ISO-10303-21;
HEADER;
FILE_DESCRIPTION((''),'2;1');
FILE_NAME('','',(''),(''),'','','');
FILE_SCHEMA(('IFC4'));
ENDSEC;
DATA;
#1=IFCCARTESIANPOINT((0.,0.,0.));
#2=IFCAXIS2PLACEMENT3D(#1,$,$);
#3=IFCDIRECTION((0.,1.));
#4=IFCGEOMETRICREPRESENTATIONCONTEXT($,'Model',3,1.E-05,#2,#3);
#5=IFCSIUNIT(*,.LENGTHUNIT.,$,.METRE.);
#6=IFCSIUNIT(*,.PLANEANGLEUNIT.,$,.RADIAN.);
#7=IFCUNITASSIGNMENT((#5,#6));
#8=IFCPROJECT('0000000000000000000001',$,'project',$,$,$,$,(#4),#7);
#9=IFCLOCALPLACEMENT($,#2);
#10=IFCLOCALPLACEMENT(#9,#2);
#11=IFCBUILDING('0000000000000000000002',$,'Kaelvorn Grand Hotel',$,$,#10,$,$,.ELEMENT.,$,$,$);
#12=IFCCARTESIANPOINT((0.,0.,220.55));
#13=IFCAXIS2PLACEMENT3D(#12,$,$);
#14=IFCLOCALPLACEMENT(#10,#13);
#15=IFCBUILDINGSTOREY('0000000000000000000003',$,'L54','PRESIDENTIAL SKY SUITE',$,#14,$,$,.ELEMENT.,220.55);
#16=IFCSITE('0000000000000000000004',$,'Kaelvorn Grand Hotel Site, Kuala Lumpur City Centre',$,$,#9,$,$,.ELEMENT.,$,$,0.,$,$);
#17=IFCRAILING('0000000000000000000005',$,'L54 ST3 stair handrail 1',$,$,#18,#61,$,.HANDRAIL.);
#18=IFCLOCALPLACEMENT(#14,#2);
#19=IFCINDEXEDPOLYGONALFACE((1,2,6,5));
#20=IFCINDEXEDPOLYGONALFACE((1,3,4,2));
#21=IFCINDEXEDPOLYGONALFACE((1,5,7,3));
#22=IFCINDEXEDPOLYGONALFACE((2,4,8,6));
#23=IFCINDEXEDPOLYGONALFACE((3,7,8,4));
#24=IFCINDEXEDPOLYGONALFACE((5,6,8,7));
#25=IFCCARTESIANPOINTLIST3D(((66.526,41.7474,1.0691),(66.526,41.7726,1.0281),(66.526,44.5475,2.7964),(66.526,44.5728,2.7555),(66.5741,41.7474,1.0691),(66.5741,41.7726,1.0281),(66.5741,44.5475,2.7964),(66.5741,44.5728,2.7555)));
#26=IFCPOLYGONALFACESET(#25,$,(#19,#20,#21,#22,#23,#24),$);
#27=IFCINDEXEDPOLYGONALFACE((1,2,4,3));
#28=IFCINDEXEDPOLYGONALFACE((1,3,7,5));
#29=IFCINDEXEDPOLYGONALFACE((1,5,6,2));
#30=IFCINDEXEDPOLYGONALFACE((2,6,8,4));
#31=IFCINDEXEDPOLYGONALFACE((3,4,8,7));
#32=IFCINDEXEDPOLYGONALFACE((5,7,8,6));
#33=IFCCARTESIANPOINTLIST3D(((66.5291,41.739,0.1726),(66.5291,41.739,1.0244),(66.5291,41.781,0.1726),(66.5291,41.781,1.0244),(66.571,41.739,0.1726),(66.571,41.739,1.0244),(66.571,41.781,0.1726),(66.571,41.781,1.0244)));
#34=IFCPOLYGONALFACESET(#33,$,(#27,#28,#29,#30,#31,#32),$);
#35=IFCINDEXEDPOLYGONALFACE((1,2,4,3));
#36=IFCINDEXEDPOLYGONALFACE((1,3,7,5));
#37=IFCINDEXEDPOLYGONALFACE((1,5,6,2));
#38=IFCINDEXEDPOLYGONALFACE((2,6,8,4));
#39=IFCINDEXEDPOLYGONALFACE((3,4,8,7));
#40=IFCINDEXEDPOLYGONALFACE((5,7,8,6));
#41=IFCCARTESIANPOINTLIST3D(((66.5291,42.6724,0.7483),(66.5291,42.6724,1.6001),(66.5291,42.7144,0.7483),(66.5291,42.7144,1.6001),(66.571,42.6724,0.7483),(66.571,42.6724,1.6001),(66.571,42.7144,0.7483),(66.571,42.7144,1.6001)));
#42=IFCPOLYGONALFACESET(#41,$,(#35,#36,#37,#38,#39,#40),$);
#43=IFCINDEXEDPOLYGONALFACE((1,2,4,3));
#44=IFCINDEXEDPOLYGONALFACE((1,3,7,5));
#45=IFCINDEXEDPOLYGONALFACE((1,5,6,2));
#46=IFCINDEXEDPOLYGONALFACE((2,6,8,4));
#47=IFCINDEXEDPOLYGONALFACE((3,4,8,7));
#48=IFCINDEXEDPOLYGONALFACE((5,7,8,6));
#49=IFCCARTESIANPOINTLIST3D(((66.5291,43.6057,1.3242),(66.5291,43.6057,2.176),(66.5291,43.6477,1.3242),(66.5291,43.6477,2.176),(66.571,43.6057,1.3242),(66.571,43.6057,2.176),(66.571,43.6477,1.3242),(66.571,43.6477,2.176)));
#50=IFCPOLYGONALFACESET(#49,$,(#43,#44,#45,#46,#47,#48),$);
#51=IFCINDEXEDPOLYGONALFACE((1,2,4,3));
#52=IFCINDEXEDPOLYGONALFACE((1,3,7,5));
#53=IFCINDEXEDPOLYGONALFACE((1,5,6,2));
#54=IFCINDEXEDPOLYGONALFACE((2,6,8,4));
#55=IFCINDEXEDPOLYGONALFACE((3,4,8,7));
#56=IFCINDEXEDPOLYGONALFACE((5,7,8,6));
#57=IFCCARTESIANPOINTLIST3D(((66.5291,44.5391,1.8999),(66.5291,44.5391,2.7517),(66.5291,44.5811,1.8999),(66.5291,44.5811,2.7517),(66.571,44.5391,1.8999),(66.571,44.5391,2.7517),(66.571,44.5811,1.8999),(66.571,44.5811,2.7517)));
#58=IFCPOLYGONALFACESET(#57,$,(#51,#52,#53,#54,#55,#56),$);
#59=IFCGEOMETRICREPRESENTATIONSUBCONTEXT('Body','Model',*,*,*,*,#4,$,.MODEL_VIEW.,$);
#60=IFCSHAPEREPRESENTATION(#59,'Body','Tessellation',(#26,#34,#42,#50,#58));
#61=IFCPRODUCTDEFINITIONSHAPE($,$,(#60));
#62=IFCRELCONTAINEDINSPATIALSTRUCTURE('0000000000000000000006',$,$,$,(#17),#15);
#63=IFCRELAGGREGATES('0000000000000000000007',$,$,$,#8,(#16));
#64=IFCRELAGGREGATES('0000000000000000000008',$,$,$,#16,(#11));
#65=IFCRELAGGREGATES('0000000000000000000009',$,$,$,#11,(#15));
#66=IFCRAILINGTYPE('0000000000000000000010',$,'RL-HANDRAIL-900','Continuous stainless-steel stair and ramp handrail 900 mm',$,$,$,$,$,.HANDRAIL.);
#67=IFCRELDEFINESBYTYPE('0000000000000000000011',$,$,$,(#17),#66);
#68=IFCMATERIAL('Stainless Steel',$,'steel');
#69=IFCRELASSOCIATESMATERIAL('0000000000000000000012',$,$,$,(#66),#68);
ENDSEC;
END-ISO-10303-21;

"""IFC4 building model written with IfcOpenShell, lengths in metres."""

from ifc_helpers import new_model, si_unit, direction, frame, origin, origin_2d, place, context, subcontext, project, spatial, rectangle, extrude, material, type_object, element, save


model = new_model("IFC4")

# Units and contexts
model_context = context("Model", 3, precision=1e-05, world=origin(), true_north=direction((0.0, 1.0)))
body_context = subcontext(model_context, "Body", "Model", "MODEL_VIEW")
ifc_project = project(units=[si_unit("LENGTHUNIT", "METRE"), si_unit("PLANEANGLEUNIT", "RADIAN")], contexts=[model_context])

# Site, building, storey
site_placement = place(None, origin())
site = spatial("IfcSite", under=ifc_project, at=site_placement, Name="Kaelvorn Grand Hotel Site, Kuala Lumpur City Centre", CompositionType="ELEMENT", RefElevation=0.0)
building_placement = place(site_placement, origin())
building = spatial("IfcBuilding", under=site, at=building_placement, Name="Kaelvorn Grand Hotel", CompositionType="ELEMENT")
storey_placement = place(building_placement, frame((0.0, 0.0, 220.55)))
storey = spatial("IfcBuildingStorey", under=building, at=storey_placement, Name="L54", Description="PRESIDENTIAL SKY SUITE", CompositionType="ELEMENT", Elevation=220.55)

# Railing
ifc_material_1 = material(Name="Stainless Steel", Category="steel")
railing_type = type_object("IfcRailingType", Name="RL-HANDRAIL-900", Description="Continuous stainless-steel stair and ramp handrail 900 mm", PredefinedType="HANDRAIL", material=ifc_material_1)
railing_placement = place(storey_placement, frame((66.55, 41.76, 0.1726)))
element("IfcRailing", 1, at=railing_placement, inside=storey, type_object=railing_type, Name="L54 ST3 stair handrail 1", PredefinedType="HANDRAIL", context=body_context, shape_type="SweptSolid", body=[
    extrude(rectangle(XDim=0.0481, YDim=0.0481, at=origin_2d()), frame((0.0, 0.0, 0.876), z_axis=(0.0, 0.85109, 0.52502), x_axis=(-1.0, 0.0, 0.0)), (0.0, 0.0, 1.0), 3.29),
    extrude(rectangle(XDim=0.042, YDim=0.042, at=origin_2d()), origin(), (0.0, 0.0, 1.0), 0.8518),
    extrude(rectangle(XDim=0.042, YDim=0.042, at=origin_2d()), frame((0.0, 0.9333, 0.5757)), (0.0, 0.0, 1.0), 0.8518),
    extrude(rectangle(XDim=0.042, YDim=0.042, at=origin_2d()), frame((0.0, 1.8667, 1.1516)), (0.0, 0.0, 1.0), 0.8518),
    extrude(rectangle(XDim=0.042, YDim=0.042, at=origin_2d()), frame((0.0, 2.8, 1.7273)), (0.0, 0.0, 1.0), 0.8518),
])

save(model, "model.ifc")
